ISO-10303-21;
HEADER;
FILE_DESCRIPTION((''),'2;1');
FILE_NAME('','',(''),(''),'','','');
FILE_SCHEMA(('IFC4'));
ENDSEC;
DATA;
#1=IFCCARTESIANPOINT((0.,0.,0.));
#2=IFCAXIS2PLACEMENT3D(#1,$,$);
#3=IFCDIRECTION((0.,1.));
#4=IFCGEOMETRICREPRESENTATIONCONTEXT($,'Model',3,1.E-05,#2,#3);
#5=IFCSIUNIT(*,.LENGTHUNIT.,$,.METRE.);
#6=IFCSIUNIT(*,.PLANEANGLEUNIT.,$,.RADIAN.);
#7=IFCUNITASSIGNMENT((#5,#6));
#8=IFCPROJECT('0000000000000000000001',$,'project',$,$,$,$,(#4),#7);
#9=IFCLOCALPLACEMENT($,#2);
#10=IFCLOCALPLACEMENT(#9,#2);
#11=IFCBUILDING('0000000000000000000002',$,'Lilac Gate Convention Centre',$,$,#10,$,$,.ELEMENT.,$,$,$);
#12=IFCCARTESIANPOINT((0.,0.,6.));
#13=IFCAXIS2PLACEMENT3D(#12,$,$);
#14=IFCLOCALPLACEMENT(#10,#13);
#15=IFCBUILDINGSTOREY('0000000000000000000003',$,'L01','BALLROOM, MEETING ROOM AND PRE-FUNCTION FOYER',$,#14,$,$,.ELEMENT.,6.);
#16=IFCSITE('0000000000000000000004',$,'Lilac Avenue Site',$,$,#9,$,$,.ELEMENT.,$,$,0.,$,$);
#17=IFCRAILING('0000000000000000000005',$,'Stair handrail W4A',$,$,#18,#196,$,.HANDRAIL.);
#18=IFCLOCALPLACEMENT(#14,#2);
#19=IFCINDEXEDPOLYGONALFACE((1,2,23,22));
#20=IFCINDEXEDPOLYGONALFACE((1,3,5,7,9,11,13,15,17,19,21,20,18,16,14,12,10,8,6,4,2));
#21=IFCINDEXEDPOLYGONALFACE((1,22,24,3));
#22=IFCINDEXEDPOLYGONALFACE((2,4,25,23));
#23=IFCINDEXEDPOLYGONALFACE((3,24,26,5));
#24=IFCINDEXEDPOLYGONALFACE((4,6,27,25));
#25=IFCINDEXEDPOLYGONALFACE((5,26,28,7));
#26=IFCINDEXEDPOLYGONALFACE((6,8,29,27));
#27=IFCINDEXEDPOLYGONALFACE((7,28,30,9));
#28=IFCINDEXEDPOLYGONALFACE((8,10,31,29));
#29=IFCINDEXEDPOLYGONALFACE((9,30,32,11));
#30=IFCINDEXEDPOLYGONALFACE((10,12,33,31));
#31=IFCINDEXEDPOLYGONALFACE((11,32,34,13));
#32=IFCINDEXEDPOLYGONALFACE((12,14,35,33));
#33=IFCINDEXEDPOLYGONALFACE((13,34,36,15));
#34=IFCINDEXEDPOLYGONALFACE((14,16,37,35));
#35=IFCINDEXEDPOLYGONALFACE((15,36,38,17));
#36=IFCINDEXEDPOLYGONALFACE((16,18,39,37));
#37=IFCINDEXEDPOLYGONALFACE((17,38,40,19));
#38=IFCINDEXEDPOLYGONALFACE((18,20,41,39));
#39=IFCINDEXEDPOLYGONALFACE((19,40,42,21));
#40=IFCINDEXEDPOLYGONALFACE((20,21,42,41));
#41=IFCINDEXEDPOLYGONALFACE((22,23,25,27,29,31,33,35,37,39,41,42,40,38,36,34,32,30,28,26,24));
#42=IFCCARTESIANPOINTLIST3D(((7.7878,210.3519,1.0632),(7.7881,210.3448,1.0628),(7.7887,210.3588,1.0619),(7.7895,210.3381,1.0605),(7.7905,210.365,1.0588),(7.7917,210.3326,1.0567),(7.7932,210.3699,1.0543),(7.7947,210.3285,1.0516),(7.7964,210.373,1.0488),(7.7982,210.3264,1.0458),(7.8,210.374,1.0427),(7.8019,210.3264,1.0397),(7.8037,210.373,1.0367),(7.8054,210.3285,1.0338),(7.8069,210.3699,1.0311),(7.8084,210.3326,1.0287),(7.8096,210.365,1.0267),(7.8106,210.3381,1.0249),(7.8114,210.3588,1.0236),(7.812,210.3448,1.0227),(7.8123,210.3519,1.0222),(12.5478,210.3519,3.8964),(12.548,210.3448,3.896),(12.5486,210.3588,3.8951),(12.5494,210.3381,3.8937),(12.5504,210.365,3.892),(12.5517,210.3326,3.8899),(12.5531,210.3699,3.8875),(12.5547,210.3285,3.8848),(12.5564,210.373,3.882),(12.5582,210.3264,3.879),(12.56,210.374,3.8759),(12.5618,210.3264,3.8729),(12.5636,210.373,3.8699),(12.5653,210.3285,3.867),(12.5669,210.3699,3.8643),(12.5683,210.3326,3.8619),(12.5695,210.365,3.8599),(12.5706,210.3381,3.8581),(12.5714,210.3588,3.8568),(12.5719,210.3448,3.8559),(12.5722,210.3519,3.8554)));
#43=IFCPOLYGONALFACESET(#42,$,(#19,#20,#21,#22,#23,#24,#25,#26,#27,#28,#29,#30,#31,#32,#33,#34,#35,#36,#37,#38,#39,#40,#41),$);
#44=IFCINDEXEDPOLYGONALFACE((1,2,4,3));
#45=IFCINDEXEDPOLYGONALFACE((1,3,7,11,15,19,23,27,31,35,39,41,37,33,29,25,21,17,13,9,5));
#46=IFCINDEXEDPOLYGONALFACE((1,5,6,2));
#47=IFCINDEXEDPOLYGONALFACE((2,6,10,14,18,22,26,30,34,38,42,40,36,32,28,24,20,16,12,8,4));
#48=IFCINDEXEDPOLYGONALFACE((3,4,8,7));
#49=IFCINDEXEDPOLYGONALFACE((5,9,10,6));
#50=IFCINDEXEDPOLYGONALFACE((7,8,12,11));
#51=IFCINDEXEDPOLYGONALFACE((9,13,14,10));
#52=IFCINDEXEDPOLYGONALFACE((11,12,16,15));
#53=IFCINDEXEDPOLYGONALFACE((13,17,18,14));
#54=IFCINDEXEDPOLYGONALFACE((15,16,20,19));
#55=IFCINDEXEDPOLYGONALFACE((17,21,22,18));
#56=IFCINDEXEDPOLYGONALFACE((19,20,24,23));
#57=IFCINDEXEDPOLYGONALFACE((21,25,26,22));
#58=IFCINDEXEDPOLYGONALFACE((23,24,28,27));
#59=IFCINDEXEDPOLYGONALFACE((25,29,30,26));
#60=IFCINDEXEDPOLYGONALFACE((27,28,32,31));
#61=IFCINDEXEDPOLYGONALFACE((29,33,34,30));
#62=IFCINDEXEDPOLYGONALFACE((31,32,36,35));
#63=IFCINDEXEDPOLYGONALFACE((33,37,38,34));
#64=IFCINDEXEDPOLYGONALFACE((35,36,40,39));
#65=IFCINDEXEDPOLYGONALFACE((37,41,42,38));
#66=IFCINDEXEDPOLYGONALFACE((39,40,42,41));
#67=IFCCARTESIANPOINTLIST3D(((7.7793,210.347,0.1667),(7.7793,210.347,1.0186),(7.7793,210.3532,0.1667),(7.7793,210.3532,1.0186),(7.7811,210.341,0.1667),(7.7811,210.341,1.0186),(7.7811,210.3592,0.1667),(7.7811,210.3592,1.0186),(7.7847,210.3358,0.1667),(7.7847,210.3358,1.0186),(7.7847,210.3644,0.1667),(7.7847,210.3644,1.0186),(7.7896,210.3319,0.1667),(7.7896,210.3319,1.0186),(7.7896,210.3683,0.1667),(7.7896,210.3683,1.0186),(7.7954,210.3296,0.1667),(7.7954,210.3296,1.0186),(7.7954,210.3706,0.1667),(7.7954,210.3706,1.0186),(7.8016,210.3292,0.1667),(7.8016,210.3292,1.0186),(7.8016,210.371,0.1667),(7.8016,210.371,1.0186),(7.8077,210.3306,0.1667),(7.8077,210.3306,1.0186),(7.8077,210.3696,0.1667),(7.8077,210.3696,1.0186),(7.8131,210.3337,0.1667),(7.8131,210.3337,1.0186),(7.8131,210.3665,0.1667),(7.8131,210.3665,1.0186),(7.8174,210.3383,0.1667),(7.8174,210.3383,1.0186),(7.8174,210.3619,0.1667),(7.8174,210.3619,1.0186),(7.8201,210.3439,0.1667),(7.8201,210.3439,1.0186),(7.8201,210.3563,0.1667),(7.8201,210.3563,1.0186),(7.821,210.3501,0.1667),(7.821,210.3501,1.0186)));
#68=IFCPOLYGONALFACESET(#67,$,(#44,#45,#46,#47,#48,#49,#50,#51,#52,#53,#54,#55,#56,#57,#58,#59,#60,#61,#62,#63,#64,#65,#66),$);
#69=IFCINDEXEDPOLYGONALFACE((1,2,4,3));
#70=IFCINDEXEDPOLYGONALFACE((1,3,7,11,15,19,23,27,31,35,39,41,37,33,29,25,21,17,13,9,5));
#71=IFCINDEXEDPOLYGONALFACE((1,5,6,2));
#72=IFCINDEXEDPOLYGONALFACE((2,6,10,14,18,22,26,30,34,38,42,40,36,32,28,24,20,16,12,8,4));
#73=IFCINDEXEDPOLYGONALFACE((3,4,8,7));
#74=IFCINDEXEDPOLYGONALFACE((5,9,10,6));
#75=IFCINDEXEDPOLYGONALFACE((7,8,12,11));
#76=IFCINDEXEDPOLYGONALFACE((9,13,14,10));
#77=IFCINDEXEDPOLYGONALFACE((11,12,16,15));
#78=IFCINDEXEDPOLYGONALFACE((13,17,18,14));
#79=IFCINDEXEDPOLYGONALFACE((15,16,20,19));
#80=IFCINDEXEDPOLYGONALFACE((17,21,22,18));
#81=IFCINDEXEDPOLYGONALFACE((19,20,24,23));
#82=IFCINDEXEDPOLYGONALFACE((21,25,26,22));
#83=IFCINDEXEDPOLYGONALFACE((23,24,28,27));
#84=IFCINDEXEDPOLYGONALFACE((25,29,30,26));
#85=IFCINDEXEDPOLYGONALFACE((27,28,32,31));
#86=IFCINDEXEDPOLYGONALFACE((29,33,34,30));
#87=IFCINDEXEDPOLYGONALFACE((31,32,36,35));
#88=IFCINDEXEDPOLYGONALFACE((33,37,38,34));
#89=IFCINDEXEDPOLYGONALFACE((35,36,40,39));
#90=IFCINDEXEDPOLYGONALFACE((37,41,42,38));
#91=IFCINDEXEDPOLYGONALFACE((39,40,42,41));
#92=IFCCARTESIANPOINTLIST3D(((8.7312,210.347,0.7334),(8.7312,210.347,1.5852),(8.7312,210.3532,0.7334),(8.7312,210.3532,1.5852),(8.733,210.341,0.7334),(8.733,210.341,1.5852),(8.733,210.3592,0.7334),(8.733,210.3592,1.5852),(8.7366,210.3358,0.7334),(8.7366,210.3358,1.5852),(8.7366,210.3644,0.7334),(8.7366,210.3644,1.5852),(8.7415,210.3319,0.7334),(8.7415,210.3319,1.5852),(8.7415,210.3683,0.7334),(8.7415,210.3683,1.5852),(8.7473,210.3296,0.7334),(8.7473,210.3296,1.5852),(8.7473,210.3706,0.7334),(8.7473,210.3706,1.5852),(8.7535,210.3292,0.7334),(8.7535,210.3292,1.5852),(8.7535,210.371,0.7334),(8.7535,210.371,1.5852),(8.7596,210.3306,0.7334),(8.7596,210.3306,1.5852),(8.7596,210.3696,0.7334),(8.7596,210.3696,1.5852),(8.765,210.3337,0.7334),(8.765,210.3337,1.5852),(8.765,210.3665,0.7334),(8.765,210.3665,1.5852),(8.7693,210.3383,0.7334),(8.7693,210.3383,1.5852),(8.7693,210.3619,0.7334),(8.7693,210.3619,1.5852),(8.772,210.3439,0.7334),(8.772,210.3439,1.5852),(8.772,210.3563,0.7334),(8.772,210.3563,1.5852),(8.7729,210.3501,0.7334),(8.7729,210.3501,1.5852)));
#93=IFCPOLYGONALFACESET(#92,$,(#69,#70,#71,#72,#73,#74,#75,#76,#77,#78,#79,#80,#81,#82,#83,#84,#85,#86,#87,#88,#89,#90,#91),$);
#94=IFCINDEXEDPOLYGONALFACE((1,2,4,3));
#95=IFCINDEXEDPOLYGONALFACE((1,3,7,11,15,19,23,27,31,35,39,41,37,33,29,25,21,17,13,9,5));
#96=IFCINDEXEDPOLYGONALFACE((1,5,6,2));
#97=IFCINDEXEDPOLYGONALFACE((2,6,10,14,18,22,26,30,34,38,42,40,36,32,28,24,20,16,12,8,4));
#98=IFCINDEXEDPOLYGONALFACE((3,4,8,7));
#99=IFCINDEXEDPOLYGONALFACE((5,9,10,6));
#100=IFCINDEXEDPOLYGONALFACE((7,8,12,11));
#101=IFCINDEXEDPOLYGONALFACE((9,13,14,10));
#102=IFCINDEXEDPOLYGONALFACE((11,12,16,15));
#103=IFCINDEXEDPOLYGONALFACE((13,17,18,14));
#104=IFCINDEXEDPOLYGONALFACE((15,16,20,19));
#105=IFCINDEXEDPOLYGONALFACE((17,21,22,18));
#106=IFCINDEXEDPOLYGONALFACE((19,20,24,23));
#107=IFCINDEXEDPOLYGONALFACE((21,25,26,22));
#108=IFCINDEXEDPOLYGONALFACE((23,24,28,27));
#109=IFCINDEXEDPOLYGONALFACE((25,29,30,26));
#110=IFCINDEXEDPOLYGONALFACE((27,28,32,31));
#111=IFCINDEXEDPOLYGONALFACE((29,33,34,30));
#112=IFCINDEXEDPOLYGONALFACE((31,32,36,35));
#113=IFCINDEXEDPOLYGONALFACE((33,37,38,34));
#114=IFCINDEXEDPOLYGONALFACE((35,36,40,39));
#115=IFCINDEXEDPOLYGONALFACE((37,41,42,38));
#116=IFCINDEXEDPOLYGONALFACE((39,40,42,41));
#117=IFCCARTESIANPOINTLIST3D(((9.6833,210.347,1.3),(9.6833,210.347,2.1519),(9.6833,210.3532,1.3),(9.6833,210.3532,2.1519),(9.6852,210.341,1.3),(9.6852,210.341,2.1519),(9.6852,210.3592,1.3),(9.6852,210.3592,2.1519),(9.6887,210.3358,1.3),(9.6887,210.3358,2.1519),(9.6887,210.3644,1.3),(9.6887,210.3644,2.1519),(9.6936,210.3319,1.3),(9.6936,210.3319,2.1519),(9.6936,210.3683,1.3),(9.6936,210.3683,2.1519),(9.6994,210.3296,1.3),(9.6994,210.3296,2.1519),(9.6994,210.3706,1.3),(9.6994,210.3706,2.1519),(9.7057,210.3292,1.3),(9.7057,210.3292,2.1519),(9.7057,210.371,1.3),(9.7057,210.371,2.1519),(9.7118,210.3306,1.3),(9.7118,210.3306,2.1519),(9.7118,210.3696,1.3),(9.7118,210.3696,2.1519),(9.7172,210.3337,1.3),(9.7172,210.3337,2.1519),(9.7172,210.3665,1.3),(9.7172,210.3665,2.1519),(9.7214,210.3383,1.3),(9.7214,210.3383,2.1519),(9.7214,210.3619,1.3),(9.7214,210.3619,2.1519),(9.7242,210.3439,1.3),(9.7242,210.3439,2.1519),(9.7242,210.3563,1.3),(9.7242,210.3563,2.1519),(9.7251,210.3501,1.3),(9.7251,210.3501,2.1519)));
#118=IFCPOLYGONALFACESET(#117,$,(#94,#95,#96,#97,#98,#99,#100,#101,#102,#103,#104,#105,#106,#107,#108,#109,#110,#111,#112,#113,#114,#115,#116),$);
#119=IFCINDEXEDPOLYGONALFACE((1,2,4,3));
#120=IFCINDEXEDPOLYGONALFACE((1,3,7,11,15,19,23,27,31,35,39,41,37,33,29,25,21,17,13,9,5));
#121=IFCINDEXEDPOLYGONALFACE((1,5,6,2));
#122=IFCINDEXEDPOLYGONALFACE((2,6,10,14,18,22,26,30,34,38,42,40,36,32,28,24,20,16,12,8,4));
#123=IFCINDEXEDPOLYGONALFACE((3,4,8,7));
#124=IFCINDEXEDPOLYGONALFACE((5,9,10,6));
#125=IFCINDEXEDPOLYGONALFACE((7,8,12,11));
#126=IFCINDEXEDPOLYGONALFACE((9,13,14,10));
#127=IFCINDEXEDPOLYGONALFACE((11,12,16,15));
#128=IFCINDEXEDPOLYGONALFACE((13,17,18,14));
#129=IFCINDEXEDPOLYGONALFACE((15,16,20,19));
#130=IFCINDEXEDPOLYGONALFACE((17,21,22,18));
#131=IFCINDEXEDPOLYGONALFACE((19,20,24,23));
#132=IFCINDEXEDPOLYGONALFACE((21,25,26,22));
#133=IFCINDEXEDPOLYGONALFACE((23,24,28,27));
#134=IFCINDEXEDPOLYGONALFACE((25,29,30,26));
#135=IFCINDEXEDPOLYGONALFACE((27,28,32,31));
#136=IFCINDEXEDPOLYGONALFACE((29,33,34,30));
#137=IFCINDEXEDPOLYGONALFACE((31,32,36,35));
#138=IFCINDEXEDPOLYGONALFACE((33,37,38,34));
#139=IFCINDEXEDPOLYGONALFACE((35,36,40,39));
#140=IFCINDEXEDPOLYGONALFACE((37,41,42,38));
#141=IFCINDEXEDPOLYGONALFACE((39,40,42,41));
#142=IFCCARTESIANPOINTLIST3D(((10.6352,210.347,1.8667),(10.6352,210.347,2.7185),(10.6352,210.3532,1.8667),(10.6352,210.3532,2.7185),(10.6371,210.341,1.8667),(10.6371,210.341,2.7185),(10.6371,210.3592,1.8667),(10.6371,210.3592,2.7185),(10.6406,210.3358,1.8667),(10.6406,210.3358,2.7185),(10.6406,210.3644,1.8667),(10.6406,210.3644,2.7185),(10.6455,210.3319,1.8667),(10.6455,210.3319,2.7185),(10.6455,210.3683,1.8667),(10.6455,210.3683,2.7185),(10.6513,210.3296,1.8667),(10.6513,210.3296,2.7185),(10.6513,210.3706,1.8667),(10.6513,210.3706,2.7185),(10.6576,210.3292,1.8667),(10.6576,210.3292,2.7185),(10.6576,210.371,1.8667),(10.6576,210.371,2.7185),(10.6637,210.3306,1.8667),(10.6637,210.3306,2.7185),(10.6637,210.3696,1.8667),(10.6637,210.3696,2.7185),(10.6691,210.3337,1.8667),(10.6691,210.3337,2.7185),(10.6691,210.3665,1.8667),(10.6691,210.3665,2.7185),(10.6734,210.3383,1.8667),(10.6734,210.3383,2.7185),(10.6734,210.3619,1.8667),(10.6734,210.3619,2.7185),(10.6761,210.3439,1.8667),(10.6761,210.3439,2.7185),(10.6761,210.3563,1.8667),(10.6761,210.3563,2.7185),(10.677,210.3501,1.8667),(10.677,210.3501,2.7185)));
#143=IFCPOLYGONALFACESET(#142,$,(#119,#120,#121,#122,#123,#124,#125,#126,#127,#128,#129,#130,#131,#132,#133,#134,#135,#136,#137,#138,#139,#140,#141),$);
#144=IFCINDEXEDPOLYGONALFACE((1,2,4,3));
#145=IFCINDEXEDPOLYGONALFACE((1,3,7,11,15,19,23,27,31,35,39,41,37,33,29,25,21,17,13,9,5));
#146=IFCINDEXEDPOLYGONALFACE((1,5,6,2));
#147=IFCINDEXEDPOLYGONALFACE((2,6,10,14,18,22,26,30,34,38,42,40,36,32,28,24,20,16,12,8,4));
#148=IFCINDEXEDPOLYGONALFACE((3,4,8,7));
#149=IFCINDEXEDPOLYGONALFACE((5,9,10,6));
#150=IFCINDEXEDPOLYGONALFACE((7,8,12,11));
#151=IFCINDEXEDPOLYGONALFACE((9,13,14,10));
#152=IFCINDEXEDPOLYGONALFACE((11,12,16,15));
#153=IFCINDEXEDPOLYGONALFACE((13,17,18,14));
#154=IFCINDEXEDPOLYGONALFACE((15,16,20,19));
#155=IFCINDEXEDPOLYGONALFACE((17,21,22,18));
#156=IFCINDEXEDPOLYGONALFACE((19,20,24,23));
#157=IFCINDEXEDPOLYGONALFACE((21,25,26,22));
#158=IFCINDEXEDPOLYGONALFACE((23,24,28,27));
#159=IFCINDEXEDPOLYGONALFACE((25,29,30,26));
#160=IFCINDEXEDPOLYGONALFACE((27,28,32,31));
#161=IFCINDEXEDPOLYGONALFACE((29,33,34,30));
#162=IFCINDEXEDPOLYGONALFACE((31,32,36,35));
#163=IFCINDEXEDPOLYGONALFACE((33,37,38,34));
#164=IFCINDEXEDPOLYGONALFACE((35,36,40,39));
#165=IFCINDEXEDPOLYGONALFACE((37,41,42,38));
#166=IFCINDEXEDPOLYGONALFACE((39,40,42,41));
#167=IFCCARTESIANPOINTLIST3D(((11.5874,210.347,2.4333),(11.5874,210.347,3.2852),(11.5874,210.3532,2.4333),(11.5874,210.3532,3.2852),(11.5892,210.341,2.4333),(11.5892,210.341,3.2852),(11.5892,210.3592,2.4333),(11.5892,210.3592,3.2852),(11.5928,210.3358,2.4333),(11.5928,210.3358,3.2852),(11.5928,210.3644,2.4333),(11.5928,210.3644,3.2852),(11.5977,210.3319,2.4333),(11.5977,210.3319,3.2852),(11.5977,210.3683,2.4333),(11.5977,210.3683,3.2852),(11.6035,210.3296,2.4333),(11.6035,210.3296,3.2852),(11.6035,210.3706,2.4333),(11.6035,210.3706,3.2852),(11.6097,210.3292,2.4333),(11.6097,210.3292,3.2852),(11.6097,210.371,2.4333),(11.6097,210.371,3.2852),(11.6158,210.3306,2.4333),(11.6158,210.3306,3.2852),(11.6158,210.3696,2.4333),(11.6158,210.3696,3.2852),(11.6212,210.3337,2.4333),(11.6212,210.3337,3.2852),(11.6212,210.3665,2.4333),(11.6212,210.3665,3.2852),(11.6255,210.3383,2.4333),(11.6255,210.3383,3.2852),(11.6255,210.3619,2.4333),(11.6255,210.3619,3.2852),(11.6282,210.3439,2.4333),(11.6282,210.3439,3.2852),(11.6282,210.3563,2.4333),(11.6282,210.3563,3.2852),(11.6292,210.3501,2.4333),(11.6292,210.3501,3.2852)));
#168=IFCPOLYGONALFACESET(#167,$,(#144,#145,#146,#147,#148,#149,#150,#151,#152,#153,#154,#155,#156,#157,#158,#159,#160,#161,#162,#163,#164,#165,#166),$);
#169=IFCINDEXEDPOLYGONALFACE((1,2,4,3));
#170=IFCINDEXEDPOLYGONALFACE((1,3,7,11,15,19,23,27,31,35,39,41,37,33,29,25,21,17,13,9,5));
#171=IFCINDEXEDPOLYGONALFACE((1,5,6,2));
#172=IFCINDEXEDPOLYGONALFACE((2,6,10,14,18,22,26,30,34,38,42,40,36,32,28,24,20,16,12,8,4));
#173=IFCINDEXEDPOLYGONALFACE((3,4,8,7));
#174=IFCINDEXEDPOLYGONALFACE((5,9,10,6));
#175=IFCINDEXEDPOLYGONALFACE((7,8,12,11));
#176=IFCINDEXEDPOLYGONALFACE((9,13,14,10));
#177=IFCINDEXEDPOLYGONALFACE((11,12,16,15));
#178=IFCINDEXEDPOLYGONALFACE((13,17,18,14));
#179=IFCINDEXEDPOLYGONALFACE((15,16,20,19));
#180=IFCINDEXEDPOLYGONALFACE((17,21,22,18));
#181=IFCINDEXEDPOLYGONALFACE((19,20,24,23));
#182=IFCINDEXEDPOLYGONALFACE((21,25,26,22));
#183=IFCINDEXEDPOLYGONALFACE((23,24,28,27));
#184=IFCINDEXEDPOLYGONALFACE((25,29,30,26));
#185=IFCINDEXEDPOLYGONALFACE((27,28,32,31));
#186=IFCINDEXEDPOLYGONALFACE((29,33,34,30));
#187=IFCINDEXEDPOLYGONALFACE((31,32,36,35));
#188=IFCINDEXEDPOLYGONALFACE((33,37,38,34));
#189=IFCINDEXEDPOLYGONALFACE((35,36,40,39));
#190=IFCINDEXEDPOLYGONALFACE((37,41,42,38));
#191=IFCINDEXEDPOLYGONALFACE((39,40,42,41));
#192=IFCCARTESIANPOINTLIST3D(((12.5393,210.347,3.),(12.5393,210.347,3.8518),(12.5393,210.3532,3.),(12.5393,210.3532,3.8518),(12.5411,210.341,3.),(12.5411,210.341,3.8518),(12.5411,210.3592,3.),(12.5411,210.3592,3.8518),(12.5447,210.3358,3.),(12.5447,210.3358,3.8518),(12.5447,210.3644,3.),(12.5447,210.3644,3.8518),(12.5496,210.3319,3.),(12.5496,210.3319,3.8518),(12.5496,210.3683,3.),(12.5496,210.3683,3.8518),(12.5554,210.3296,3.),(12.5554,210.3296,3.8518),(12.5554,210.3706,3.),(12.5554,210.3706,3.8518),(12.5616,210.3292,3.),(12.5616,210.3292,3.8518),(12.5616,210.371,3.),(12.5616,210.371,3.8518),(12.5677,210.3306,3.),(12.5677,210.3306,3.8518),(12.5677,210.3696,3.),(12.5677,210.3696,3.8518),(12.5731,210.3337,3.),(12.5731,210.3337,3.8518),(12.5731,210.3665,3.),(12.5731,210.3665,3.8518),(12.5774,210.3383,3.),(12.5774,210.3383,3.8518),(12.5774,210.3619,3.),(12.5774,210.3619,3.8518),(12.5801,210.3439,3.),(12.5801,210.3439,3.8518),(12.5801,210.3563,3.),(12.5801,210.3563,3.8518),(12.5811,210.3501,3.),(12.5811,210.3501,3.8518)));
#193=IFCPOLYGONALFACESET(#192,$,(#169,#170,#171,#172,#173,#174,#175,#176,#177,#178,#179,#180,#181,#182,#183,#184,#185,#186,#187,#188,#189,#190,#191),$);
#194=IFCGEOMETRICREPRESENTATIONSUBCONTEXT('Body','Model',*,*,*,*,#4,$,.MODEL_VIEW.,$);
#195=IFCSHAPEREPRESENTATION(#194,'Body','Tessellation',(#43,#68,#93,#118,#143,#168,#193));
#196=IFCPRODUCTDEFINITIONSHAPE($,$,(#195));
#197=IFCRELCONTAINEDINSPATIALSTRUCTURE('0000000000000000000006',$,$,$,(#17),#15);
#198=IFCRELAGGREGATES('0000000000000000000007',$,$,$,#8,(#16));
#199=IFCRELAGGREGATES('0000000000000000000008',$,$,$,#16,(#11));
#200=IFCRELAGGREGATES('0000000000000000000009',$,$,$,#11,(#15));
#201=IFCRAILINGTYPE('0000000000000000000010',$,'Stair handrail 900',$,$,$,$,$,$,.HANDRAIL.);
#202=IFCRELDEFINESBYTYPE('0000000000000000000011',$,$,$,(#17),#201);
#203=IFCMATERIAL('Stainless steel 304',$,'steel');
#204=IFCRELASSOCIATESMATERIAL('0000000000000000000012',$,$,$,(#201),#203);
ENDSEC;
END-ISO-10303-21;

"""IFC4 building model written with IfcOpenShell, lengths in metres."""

from ifc_helpers import new_model, si_unit, direction, frame, origin, origin_2d, place, context, subcontext, project, spatial, circle, extrude, material, type_object, element, save


model = new_model("IFC4")

# Units and contexts
model_context = context("Model", 3, precision=1e-05, world=origin(), true_north=direction((0.0, 1.0)))
body_context = subcontext(model_context, "Body", "Model", "MODEL_VIEW")
ifc_project = project(units=[si_unit("LENGTHUNIT", "METRE"), si_unit("PLANEANGLEUNIT", "RADIAN")], contexts=[model_context])

# Site, building, storey
site_placement = place(None, origin())
site = spatial("IfcSite", under=ifc_project, at=site_placement, Name="Lilac Avenue Site", CompositionType="ELEMENT", RefElevation=0.0)
building_placement = place(site_placement, origin())
building = spatial("IfcBuilding", under=site, at=building_placement, Name="Lilac Gate Convention Centre", CompositionType="ELEMENT")
storey_placement = place(building_placement, frame((0.0, 0.0, 6.0)))
storey = spatial("IfcBuildingStorey", under=building, at=storey_placement, Name="L01", Description="BALLROOM, MEETING ROOM AND PRE-FUNCTION FOYER", CompositionType="ELEMENT", Elevation=6.0)

# Shared definitions
ifc_material_1 = material(Name="Stainless steel 304", Category="steel")

# Railing
railing_type = type_object("IfcRailingType", Name="Stair handrail 900", PredefinedType="HANDRAIL", material=ifc_material_1)
for number, where, name in (
    (1, (7.8, 210.3501, 0.1667), "Stair handrail W4A"),
):
    element("IfcRailing", number, at=place(storey_placement, frame(where)), inside=storey, type_object=railing_type, Name=name, PredefinedType="HANDRAIL", context=body_context, shape_type="SweptSolid", body=[
        extrude(circle(Radius=0.0239, at=origin_2d()), frame((0.0, 0.0, 0.876), z_axis=(0.8593, 0.0, 0.511472), x_axis=(0.0, 1.0, 0.0)), (0.0, 0.0, 1.0), 5.5393),
        extrude(circle(Radius=0.021, at=origin_2d()), origin(), (0.0, 0.0, 1.0), 0.8518),
        extrude(circle(Radius=0.021, at=origin_2d()), frame((0.9519, 0.0, 0.5667)), (0.0, 0.0, 1.0), 0.8518),
        extrude(circle(Radius=0.021, at=origin_2d()), frame((1.9041, 0.0, 1.1333)), (0.0, 0.0, 1.0), 0.8518),
        extrude(circle(Radius=0.021, at=origin_2d()), frame((2.856, 0.0, 1.7)), (0.0, 0.0, 1.0), 0.8518),
        extrude(circle(Radius=0.021, at=origin_2d()), frame((3.8081, 0.0, 2.2666)), (0.0, 0.0, 1.0), 0.8518),
        extrude(circle(Radius=0.021, at=origin_2d()), frame((4.76, 0.0, 2.8333)), (0.0, 0.0, 1.0), 0.8518),
    ])

save(model, "model.ifc")
